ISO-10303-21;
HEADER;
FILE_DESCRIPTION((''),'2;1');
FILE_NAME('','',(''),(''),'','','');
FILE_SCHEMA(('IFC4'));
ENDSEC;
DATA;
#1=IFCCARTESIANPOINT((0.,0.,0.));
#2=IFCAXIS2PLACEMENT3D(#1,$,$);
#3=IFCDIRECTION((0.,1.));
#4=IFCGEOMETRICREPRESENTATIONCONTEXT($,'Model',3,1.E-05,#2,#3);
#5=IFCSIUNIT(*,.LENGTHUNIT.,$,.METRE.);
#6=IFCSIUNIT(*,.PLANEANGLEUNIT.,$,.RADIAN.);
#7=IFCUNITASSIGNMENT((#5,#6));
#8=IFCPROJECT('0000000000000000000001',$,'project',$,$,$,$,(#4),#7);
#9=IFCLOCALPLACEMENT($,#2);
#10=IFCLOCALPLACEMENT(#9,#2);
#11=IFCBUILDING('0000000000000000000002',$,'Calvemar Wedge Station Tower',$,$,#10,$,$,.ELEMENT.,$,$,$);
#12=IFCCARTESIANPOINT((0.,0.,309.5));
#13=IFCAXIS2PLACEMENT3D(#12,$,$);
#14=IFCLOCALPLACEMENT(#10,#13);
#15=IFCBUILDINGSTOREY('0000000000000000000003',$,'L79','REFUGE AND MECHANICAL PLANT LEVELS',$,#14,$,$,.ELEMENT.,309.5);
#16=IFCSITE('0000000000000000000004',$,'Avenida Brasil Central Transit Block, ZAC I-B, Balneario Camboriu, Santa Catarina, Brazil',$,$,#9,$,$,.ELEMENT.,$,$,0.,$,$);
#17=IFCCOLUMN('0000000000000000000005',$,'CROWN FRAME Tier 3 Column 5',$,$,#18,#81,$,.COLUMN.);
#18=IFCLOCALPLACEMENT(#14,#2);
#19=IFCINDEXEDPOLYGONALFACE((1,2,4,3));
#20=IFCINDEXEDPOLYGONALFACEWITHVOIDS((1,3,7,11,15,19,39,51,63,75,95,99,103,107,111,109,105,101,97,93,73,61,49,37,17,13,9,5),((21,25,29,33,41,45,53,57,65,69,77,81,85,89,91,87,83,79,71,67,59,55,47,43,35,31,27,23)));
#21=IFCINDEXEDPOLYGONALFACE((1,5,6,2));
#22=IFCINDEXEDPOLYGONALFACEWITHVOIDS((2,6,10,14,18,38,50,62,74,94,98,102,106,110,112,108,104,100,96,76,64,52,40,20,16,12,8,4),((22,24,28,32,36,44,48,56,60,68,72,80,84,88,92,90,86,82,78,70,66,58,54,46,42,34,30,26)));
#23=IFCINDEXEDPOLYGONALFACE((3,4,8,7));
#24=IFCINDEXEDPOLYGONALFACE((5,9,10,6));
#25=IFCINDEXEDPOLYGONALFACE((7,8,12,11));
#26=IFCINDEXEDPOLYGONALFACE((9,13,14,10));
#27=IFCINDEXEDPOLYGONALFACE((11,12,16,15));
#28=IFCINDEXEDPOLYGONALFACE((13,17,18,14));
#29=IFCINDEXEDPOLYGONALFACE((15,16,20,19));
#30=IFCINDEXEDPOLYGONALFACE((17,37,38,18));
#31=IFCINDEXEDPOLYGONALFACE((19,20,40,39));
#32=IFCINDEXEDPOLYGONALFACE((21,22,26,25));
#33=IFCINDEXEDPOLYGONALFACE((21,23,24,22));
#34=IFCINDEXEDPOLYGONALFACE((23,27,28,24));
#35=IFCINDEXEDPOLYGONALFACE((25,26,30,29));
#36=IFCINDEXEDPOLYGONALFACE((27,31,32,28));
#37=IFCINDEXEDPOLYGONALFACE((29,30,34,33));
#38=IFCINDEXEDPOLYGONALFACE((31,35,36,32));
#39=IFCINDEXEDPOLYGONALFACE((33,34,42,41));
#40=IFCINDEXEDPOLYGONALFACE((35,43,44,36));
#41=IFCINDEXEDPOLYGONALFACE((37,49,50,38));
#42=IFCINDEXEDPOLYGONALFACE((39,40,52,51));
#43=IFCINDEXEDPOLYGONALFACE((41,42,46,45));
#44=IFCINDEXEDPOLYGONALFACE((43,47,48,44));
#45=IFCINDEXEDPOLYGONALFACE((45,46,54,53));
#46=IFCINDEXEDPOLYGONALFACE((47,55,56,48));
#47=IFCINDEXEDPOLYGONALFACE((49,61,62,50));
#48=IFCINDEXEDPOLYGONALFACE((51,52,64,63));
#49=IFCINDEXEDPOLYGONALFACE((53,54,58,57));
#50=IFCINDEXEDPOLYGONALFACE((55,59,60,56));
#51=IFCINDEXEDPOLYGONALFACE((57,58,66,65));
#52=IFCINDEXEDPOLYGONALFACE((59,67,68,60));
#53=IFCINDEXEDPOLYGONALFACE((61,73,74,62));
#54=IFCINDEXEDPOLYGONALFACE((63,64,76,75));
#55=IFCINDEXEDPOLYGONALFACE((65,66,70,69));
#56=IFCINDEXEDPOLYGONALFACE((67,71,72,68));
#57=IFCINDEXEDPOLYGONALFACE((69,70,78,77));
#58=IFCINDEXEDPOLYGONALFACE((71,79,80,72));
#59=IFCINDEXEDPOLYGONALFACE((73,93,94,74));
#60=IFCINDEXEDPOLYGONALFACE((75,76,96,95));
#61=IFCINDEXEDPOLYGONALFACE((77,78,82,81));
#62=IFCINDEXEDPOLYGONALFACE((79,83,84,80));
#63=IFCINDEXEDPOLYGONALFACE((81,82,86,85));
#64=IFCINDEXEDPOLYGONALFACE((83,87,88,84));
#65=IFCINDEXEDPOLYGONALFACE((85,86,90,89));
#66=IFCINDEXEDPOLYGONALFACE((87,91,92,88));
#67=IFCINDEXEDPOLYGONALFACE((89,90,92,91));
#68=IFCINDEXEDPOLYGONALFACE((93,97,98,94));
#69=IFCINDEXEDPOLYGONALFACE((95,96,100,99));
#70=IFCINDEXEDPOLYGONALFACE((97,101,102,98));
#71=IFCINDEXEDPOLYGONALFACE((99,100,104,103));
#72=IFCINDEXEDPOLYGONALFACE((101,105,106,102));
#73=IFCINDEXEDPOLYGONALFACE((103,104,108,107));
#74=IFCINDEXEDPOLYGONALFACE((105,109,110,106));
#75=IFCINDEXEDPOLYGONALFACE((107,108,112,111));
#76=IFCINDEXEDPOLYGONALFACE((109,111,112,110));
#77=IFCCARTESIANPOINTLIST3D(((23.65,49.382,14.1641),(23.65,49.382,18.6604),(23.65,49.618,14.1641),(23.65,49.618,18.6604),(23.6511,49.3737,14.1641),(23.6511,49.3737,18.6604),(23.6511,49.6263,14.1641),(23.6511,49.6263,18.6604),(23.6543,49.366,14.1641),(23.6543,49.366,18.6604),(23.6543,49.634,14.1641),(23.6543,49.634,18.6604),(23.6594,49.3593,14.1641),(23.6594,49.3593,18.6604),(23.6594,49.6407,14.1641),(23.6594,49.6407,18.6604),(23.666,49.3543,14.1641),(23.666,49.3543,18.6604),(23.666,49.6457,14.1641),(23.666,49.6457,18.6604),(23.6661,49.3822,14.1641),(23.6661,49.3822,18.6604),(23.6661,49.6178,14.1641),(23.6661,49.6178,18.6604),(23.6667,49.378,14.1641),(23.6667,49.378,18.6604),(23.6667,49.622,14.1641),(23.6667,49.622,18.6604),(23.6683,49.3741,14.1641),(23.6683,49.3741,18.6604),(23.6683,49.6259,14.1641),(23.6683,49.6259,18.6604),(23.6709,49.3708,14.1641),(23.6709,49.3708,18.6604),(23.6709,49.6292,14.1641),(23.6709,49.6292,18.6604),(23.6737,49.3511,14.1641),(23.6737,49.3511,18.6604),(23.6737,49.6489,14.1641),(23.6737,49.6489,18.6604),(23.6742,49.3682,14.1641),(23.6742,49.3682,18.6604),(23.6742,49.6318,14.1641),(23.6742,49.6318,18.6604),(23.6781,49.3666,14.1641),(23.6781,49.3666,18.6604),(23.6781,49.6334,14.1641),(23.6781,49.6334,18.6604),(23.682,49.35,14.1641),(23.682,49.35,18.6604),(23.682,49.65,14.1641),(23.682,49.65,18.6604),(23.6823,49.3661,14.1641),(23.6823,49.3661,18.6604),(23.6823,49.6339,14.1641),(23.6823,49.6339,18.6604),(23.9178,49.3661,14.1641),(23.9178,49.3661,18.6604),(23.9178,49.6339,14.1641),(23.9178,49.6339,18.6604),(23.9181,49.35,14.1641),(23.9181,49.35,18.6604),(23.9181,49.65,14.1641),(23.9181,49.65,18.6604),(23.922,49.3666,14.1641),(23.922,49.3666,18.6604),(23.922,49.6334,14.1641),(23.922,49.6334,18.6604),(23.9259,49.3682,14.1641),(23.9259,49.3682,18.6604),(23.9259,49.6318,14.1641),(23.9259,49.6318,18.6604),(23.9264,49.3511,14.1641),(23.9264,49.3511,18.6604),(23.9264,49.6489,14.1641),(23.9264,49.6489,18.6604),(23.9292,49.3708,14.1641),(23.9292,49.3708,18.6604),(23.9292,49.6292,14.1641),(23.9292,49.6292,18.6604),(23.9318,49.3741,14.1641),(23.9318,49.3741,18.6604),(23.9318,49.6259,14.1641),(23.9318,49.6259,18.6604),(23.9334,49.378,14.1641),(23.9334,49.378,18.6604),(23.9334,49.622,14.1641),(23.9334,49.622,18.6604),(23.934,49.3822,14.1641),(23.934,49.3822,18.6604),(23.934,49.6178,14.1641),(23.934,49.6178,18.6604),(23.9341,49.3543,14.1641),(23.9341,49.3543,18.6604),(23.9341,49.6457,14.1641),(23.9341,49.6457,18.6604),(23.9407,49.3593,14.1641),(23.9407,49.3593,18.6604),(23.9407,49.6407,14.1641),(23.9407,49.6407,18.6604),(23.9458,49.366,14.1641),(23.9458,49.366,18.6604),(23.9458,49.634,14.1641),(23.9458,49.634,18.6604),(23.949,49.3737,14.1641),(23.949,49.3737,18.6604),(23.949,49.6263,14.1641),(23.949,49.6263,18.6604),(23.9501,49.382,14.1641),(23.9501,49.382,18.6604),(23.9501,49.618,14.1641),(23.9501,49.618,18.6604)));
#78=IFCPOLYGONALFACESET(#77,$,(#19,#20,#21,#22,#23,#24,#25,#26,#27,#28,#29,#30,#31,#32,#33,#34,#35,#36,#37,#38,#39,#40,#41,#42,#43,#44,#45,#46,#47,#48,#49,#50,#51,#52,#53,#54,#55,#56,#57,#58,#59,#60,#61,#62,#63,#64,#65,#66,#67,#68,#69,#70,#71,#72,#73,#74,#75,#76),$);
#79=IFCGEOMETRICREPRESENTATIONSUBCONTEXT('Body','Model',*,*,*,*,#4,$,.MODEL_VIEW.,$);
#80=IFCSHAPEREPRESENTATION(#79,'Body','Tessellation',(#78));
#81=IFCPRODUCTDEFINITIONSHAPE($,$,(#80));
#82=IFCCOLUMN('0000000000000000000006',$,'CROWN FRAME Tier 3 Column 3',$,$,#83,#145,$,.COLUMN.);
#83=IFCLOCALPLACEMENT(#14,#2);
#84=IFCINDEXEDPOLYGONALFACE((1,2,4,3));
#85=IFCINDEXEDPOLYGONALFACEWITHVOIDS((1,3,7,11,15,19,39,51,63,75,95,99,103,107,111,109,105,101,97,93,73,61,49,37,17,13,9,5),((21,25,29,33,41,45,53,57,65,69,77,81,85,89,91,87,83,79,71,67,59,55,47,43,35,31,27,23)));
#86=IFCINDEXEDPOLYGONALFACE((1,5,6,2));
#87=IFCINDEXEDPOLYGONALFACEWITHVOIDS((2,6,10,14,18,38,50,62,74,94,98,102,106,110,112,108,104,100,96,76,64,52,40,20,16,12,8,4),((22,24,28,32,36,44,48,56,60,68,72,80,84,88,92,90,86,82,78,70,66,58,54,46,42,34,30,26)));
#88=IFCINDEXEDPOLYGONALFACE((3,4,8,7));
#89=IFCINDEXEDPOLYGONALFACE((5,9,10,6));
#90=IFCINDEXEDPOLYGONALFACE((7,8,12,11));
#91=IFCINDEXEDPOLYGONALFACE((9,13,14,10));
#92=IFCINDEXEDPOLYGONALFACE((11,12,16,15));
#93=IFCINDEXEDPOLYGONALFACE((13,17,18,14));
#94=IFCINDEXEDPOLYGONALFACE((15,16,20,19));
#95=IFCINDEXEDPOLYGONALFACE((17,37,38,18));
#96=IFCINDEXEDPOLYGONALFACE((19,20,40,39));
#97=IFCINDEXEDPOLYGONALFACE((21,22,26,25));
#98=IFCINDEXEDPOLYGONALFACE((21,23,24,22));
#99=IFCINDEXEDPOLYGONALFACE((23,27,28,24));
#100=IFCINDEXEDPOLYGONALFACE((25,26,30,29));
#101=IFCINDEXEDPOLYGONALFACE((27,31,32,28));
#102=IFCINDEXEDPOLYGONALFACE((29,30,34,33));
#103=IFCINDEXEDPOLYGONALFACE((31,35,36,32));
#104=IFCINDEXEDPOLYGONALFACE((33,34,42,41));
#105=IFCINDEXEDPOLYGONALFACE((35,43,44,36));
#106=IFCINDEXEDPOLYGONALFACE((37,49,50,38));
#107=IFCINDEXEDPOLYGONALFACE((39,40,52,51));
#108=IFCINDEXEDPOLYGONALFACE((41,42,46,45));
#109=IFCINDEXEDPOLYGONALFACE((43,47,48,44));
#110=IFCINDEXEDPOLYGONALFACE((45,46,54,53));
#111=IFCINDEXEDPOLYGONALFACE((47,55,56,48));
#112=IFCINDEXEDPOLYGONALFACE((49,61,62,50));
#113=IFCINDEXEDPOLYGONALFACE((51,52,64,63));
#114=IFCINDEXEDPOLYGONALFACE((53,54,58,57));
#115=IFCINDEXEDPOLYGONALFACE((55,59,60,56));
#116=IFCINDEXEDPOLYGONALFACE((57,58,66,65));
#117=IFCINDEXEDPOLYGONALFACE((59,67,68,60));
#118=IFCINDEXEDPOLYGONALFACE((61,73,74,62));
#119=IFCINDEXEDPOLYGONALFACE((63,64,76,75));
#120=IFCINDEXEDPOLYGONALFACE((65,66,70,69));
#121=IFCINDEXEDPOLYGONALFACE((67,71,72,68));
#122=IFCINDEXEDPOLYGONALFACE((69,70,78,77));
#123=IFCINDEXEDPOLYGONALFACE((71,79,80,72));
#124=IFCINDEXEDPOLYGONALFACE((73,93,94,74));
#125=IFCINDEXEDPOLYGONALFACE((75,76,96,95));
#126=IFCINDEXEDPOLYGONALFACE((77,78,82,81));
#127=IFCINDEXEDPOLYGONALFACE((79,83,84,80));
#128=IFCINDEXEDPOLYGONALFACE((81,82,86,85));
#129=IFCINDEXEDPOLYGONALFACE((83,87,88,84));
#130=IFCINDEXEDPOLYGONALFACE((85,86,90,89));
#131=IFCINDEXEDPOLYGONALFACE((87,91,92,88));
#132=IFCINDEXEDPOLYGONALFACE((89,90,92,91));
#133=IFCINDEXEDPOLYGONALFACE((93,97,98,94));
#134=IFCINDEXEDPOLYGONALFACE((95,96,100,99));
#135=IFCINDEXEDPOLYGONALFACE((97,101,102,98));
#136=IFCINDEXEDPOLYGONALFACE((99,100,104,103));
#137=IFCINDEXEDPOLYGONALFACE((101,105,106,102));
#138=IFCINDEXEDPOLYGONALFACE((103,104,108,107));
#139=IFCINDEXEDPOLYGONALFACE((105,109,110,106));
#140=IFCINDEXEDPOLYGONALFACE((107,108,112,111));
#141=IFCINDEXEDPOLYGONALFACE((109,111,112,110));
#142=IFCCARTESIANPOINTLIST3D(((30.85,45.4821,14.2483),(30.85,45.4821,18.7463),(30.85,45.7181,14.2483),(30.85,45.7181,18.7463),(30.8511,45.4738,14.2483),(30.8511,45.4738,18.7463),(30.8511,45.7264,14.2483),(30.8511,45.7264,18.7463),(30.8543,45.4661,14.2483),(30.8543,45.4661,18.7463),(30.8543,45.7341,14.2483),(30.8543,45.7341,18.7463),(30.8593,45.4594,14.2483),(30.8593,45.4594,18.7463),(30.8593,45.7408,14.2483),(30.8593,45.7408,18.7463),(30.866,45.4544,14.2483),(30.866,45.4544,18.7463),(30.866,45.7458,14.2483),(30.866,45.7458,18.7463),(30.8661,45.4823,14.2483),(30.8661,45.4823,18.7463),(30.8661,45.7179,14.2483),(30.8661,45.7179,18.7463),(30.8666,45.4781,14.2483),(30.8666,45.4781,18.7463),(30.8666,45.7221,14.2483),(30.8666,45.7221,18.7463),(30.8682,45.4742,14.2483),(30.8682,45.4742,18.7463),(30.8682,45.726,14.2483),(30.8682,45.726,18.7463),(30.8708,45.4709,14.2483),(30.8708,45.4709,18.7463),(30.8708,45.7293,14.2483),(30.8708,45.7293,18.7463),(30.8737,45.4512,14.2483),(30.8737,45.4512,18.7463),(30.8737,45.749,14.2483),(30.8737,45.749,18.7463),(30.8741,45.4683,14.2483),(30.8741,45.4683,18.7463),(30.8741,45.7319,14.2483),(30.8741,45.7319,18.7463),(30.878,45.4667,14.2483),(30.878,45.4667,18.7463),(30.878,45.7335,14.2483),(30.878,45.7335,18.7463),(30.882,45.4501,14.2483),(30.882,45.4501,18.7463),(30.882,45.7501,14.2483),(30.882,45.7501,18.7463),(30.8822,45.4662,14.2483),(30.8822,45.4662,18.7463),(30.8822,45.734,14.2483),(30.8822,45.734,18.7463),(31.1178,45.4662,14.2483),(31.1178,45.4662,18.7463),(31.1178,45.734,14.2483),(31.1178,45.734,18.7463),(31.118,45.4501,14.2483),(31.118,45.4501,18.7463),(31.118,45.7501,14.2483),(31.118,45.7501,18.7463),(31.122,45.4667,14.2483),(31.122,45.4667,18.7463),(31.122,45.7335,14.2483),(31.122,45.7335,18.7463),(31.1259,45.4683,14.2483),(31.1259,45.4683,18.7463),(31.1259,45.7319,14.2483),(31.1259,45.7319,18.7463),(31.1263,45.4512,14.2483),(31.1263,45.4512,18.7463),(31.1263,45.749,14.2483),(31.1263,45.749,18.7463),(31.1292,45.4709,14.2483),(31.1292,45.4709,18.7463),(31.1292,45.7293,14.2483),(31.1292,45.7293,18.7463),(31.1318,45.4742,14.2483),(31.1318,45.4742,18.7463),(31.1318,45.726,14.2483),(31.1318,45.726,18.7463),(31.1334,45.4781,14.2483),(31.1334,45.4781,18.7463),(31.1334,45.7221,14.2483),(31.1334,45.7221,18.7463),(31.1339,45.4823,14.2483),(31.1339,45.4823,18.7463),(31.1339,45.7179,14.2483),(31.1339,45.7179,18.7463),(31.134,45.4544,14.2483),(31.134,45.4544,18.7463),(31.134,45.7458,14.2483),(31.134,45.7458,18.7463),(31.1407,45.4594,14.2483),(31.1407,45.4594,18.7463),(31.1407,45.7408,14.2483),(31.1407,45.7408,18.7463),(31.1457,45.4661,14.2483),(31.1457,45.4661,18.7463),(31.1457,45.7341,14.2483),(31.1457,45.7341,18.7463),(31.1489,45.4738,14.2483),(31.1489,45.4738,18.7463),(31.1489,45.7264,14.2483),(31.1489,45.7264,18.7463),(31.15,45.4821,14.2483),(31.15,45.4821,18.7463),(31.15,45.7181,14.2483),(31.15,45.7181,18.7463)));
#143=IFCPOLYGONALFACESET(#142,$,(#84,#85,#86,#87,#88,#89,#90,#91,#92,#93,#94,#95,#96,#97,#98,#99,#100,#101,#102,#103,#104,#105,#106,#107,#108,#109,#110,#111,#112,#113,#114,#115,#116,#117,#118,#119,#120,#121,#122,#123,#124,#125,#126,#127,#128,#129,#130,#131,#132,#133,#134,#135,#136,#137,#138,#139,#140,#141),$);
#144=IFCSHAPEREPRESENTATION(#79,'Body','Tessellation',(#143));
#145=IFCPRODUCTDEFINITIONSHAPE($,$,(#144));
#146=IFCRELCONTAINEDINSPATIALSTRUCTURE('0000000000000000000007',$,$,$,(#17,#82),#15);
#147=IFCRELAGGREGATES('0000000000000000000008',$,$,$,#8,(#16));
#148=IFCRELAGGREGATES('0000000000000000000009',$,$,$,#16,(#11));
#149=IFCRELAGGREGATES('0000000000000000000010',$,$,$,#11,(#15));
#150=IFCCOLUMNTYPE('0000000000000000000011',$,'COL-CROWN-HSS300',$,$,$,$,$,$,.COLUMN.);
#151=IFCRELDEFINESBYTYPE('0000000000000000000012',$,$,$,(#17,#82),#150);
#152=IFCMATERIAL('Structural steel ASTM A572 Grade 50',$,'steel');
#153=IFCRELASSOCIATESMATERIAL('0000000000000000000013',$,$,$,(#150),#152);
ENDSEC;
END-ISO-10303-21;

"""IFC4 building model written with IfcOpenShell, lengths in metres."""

from ifc_helpers import new_model, si_unit, direction, frame, origin, origin_2d, place, context, subcontext, project, spatial, hollow_rectangle, extrude, source, transform, mapped, material, material_profile, profile_set, type_object, element, save


model = new_model("IFC4")

# Units and contexts
model_context = context("Model", 3, precision=1e-05, world=origin(), true_north=direction((0.0, 1.0)))
body_context = subcontext(model_context, "Body", "Model", "MODEL_VIEW")
ifc_project = project(units=[si_unit("LENGTHUNIT", "METRE"), si_unit("PLANEANGLEUNIT", "RADIAN")], contexts=[model_context])

# Site, building, storey
site_placement = place(None, origin())
site = spatial("IfcSite", under=ifc_project, at=site_placement, Name="Avenida Brasil Central Transit Block, ZAC I-B, Balneario Camboriu, Santa Catarina, Brazil", CompositionType="ELEMENT", RefElevation=0.0)
building_placement = place(site_placement, origin())
building = spatial("IfcBuilding", under=site, at=building_placement, Name="Calvemar Wedge Station Tower", CompositionType="ELEMENT")
storey_placement = place(building_placement, frame((0.0, 0.0, 309.5)))
storey = spatial("IfcBuildingStorey", under=building, at=storey_placement, Name="L79", Description="REFUGE AND MECHANICAL PLANT LEVELS", CompositionType="ELEMENT", Elevation=309.5)

# Columns
ifc_material_1 = material(Name="Structural steel ASTM A572 Grade 50", Category="steel")
ifc_material_profile_1 = material_profile(ifc_material_1, hollow_rectangle(XDim=0.3, YDim=0.3, WallThickness=0.0161, InnerFilletRadius=0.0161, OuterFilletRadius=0.032, at=origin_2d()), Name="HSS300x300x16")
ifc_profile_set_1 = profile_set([ifc_material_profile_1], Name="Structural steel ASTM A572 Grade 50")
column_type = type_object("IfcColumnType", Name="COL-CROWN-HSS300", PredefinedType="COLUMN", material=ifc_profile_set_1)
shared_shape_1 = source(origin(), body_context, "Body", "SweptSolid", [
    extrude(hollow_rectangle(XDim=0.3, YDim=0.3, WallThickness=0.0161, InnerFilletRadius=0.0161, OuterFilletRadius=0.032, at=origin_2d()), origin(), (0.0, 0.0, 1.0), 4.4963),
])
for number, where, z_axis, x_axis, name in (
    (1, (23.8, 49.5, 14.1641), (0.0, 0.0, 1.0), (1.0, 0.0, 0.0), "CROWN FRAME Tier 3 Column 5"),
):
    element("IfcColumn", number, at=place(storey_placement, frame(where, z_axis=z_axis, x_axis=x_axis)), inside=storey, type_object=column_type, Name=name, PredefinedType="COLUMN", context=body_context, shape_type="MappedRepresentation", body=[
        mapped(shared_shape_1, transform((0.0, 0.0, 0.0), scale=1.0)),
    ])
shared_shape_2 = source(origin(), body_context, "Body", "SweptSolid", [
    extrude(hollow_rectangle(XDim=0.3, YDim=0.3, WallThickness=0.0161, InnerFilletRadius=0.0161, OuterFilletRadius=0.032, at=origin_2d()), origin(), (0.0, 0.0, 1.0), 4.498),
])
column_1_placement = place(storey_placement, frame((31.0, 45.6001, 14.2483), z_axis=(0.0, 0.0, 1.0), x_axis=(1.0, 0.0, 0.0)))
element("IfcColumn", 2, at=column_1_placement, inside=storey, type_object=column_type, Name="CROWN FRAME Tier 3 Column 3", PredefinedType="COLUMN", context=body_context, shape_type="MappedRepresentation", body=[
    mapped(shared_shape_2, transform((0.0, 0.0, 0.0), scale=1.0)),
])

save(model, "model.ifc")
